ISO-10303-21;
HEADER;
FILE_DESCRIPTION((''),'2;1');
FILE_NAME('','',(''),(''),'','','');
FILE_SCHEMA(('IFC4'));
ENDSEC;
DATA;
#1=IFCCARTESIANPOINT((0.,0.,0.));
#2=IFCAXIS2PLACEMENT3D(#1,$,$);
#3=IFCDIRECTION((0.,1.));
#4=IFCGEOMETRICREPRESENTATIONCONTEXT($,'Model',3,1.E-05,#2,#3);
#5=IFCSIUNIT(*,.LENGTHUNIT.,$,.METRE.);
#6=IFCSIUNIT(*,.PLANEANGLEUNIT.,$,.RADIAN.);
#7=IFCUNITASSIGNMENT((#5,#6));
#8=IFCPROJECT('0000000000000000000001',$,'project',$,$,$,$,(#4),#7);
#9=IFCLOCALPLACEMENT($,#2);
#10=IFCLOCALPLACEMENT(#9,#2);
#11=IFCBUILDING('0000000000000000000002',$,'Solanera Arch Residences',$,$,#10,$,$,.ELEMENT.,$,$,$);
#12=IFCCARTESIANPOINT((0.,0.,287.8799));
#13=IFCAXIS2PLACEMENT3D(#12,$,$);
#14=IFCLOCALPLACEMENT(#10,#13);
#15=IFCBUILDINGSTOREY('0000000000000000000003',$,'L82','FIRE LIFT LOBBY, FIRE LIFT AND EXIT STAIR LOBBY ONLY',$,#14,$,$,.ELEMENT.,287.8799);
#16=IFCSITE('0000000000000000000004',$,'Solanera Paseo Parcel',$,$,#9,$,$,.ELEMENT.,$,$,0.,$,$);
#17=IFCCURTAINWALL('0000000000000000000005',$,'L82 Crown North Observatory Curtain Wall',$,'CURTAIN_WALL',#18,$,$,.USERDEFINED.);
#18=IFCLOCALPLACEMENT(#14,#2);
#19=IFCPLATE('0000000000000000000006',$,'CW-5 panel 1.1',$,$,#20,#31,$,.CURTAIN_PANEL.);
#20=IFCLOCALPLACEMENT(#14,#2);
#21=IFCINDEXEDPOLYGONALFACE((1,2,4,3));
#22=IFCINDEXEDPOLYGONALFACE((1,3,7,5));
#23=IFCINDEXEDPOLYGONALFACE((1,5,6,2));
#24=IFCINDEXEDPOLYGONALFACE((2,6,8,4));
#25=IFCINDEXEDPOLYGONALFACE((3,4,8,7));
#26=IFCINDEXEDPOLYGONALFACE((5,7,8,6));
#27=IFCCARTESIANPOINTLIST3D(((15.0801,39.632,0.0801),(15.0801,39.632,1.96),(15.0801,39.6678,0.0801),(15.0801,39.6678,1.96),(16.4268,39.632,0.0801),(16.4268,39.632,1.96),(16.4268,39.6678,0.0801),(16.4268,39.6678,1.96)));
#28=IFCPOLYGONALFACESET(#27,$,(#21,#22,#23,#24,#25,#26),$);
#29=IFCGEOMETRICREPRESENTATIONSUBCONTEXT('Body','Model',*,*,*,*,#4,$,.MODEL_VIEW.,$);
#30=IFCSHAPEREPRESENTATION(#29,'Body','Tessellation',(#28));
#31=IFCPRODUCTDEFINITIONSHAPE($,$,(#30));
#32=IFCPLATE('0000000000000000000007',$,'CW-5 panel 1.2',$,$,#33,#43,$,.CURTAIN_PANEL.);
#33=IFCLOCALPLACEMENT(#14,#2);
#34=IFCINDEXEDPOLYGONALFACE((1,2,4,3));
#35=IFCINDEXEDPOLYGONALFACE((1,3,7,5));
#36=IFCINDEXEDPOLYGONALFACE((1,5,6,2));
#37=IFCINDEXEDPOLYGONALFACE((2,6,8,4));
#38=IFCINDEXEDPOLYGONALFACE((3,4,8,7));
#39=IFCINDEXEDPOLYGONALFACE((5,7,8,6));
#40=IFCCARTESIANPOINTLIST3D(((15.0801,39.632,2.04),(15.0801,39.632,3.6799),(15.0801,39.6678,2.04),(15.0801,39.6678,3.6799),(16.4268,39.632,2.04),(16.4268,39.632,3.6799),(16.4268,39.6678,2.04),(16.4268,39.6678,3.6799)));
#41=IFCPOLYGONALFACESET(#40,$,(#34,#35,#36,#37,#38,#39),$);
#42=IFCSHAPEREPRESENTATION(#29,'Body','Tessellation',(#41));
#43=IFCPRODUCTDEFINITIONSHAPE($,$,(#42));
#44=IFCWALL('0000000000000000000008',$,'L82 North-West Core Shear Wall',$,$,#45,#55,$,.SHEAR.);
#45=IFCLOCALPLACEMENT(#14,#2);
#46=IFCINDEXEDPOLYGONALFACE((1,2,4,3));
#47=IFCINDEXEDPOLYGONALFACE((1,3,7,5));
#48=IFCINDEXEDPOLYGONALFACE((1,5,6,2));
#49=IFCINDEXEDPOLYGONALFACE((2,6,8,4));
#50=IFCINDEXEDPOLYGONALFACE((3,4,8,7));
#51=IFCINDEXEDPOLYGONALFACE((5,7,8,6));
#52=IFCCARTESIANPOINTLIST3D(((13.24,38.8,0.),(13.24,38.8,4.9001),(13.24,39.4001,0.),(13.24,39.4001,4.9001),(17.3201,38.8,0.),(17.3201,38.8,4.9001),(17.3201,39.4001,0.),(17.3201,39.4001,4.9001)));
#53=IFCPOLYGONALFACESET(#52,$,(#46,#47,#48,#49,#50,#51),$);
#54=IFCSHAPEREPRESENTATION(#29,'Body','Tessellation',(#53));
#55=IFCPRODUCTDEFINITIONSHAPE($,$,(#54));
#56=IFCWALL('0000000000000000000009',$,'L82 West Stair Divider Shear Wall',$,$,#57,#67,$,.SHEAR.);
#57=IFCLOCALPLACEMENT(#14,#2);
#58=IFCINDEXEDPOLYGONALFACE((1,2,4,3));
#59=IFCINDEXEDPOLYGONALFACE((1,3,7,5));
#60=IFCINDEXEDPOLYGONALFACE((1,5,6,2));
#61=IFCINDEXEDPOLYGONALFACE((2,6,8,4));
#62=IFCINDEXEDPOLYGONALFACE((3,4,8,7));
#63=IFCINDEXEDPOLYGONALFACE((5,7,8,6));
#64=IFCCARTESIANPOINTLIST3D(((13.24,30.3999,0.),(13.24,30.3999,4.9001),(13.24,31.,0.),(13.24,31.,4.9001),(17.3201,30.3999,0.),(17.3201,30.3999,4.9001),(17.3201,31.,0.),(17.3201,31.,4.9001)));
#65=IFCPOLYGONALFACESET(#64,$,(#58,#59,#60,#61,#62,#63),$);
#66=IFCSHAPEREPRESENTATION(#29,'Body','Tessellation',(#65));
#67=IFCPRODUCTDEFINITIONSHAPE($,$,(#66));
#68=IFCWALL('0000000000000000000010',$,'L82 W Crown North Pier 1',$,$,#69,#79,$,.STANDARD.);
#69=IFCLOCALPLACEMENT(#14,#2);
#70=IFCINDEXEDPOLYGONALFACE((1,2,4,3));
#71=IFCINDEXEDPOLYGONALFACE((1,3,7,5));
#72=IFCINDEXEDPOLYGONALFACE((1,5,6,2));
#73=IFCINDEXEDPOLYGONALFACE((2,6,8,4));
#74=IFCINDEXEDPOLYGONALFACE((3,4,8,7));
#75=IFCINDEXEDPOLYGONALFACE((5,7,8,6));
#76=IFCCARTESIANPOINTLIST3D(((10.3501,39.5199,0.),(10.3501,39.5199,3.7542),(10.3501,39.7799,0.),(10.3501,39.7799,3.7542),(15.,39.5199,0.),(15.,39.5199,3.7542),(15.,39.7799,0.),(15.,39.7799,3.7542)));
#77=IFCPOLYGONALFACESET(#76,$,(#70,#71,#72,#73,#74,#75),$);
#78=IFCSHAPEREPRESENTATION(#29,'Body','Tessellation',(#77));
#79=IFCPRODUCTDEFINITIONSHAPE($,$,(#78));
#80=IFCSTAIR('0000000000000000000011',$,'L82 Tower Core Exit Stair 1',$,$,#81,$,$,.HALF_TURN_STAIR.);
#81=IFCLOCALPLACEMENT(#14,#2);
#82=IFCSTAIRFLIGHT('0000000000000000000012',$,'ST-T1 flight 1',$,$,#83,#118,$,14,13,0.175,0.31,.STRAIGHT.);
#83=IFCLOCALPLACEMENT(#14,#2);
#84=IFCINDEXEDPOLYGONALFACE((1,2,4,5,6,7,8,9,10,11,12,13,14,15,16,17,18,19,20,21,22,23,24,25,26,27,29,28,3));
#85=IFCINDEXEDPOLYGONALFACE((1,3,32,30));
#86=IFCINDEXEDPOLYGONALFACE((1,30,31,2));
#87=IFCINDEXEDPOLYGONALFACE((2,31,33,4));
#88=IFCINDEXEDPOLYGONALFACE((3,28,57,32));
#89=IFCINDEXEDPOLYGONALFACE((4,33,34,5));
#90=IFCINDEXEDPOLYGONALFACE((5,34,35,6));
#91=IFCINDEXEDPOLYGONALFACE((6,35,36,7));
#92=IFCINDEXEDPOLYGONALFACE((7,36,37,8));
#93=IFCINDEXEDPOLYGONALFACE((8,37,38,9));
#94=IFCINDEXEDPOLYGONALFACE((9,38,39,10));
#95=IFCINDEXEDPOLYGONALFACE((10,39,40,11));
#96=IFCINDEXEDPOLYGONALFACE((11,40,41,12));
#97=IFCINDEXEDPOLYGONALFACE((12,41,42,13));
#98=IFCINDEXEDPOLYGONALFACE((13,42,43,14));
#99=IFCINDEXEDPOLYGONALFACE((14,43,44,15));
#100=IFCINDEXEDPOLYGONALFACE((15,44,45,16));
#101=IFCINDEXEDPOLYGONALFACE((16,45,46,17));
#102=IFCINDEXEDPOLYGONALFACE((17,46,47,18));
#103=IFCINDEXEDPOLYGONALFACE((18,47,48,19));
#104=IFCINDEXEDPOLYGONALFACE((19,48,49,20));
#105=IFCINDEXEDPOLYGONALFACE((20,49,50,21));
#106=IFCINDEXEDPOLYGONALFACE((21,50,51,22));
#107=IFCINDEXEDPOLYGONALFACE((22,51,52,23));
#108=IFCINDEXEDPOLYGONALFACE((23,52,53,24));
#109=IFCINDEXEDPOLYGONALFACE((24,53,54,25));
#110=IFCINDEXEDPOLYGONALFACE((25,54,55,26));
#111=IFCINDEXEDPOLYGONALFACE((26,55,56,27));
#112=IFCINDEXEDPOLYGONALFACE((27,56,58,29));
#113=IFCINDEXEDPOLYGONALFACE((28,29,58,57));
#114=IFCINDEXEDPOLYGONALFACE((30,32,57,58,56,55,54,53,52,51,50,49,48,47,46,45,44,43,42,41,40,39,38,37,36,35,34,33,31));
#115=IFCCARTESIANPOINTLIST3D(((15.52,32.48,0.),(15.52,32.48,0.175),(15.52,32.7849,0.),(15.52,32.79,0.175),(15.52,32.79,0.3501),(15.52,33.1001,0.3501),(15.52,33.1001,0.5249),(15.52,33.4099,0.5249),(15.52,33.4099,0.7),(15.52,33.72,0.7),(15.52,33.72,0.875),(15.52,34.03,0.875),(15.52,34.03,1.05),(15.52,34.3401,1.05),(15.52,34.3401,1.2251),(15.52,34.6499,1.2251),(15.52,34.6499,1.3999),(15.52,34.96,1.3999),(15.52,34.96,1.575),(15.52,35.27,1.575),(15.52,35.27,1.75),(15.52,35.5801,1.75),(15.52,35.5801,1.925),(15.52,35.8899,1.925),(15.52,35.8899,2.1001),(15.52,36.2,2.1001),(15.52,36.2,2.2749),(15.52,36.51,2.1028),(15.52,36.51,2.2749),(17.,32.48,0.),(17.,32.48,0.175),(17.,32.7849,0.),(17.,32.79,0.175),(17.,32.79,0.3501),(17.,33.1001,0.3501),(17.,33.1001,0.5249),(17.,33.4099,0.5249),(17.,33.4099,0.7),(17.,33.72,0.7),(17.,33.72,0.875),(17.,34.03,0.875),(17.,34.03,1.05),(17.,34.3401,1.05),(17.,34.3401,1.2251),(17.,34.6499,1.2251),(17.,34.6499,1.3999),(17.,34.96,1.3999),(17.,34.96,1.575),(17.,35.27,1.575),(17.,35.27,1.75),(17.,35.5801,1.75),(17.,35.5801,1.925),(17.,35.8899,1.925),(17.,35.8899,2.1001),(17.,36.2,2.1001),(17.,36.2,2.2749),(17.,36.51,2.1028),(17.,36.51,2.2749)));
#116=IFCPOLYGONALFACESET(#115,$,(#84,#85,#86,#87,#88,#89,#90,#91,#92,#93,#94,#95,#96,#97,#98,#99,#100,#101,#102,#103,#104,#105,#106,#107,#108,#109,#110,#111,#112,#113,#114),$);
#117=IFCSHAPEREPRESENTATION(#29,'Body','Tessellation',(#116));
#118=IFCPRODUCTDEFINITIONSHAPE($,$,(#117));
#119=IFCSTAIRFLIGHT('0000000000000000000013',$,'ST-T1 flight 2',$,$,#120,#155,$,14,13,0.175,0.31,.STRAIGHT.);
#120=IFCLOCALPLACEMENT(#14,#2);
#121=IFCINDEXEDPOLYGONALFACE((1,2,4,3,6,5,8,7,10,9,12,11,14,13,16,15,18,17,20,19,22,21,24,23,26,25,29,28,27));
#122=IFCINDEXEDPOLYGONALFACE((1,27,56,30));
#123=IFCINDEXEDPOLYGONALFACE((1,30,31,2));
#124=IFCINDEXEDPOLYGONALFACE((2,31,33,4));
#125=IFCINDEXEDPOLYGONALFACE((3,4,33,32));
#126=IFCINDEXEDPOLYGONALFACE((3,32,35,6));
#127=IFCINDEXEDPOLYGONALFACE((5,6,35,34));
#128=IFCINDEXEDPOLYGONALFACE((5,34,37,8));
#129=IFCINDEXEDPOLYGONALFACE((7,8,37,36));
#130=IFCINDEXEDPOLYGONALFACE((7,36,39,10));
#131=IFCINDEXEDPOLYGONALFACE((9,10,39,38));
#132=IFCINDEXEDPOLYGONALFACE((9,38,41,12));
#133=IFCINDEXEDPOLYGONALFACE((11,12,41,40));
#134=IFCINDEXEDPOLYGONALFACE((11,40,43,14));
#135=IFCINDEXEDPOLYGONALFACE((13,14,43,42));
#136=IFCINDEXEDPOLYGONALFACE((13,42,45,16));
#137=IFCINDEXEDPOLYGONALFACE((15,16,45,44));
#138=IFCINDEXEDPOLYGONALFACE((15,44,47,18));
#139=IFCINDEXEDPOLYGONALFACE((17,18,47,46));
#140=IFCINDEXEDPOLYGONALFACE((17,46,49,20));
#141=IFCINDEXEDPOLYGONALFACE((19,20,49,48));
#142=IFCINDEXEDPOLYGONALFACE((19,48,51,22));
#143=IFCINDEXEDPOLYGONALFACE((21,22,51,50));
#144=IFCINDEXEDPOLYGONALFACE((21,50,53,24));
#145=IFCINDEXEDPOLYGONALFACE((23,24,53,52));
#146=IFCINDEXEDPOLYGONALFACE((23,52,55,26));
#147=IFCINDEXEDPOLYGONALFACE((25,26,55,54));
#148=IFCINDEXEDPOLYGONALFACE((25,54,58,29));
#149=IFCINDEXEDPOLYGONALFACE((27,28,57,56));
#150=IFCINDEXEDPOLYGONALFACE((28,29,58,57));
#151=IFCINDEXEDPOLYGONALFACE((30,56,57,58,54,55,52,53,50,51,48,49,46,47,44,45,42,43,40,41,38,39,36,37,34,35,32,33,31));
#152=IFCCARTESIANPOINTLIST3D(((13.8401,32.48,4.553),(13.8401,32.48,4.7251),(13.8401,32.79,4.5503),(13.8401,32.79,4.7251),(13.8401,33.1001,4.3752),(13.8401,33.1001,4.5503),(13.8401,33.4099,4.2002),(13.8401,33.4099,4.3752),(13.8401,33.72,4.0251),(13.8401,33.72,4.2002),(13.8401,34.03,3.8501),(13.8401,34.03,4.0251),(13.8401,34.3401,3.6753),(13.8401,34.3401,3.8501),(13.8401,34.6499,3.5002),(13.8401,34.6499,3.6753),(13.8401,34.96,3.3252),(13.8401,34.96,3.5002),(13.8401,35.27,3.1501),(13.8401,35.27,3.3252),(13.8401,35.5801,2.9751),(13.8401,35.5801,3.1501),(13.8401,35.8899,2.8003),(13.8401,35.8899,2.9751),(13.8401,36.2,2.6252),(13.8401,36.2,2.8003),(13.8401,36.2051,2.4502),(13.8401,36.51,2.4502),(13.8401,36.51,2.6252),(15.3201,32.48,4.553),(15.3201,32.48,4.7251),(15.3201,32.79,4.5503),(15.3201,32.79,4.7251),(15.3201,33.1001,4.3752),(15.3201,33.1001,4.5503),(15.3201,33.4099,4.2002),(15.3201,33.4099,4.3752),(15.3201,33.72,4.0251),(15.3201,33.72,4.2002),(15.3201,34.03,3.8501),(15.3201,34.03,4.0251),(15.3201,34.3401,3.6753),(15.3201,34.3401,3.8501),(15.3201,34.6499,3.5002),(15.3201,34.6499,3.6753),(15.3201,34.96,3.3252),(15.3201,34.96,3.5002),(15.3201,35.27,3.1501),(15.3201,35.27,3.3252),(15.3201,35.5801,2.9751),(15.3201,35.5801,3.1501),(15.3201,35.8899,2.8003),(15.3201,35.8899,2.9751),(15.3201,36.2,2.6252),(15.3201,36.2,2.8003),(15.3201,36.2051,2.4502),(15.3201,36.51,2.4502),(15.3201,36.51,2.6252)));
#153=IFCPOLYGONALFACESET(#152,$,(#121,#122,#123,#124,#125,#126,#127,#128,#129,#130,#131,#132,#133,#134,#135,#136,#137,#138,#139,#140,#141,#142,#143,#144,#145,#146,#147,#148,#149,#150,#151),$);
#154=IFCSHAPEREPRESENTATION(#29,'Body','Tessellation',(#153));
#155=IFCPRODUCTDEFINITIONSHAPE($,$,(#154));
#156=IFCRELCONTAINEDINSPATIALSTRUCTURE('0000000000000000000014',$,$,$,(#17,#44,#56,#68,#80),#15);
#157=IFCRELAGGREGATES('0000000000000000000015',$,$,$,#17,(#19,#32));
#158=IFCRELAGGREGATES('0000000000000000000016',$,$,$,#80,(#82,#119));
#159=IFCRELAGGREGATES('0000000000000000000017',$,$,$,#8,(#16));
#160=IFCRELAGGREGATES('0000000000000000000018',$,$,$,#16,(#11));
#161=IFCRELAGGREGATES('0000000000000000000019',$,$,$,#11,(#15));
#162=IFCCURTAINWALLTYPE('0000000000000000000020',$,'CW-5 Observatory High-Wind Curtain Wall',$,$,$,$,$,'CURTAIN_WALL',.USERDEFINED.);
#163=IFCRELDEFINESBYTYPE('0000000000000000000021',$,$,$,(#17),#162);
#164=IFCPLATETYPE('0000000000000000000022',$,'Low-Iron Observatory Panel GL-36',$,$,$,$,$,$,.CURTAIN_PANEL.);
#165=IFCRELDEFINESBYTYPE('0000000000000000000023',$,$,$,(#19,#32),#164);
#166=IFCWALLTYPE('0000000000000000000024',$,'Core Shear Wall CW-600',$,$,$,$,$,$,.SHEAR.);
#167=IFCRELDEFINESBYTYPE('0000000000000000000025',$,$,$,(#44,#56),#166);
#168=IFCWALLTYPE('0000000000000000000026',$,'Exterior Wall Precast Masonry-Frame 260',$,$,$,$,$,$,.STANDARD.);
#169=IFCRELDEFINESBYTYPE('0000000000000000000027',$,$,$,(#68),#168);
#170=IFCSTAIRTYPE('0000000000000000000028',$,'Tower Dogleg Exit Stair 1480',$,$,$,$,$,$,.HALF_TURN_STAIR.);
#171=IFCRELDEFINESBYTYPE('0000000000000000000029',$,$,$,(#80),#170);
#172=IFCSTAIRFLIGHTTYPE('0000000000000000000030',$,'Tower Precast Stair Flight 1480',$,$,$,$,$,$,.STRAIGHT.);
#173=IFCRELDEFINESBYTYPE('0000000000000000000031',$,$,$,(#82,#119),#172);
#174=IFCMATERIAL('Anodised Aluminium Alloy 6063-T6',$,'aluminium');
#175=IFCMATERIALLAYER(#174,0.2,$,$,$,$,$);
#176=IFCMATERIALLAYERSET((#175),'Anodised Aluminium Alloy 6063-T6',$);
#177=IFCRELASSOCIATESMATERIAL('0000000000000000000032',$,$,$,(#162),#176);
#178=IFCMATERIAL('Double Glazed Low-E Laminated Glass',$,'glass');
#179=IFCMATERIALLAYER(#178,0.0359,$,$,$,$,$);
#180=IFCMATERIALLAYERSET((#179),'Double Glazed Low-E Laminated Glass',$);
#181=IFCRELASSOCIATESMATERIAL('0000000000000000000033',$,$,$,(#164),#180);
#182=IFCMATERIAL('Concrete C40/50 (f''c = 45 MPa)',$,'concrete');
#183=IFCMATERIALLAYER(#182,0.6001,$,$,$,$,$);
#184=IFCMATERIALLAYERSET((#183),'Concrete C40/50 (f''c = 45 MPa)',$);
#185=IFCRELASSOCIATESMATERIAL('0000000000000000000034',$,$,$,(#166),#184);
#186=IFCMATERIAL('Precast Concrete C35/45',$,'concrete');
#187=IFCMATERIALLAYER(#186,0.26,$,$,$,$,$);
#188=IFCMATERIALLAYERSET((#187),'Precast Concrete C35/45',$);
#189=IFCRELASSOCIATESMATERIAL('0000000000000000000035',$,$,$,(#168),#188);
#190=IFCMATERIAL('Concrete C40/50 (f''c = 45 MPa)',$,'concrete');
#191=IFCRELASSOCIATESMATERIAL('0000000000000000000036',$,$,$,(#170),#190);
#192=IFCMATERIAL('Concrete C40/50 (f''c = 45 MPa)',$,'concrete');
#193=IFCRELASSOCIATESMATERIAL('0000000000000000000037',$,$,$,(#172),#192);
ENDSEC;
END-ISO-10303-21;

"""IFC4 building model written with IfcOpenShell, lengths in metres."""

from ifc_helpers import new_model, si_unit, direction, frame, frame_2d, origin, origin_2d, place, context, subcontext, project, spatial, polyline, rectangle, outline, extrude, material, layer, layer_set, type_object, element, aggregate, save


model = new_model("IFC4")

# Units and contexts
model_context = context("Model", 3, precision=1e-05, world=origin(), true_north=direction((0.0, 1.0)))
body_context = subcontext(model_context, "Body", "Model", "MODEL_VIEW")
ifc_project = project(units=[si_unit("LENGTHUNIT", "METRE"), si_unit("PLANEANGLEUNIT", "RADIAN")], contexts=[model_context])

# Site, building, storey
site_placement = place(None, origin())
site = spatial("IfcSite", under=ifc_project, at=site_placement, Name="Solanera Paseo Parcel", CompositionType="ELEMENT", RefElevation=0.0)
building_placement = place(site_placement, origin())
building = spatial("IfcBuilding", under=site, at=building_placement, Name="Solanera Arch Residences", CompositionType="ELEMENT")
storey_placement = place(building_placement, frame((0.0, 0.0, 287.8799)))
storey = spatial("IfcBuildingStorey", under=building, at=storey_placement, Name="L82", Description="FIRE LIFT LOBBY, FIRE LIFT AND EXIT STAIR LOBBY ONLY", CompositionType="ELEMENT", Elevation=287.8799)

# Curtain wall
ifc_material_1 = material(Name="Anodised Aluminium Alloy 6063-T6", Category="aluminium")
ifc_layer_1 = layer(ifc_material_1, 0.2)
ifc_layer_set_1 = layer_set([ifc_layer_1], Name="Anodised Aluminium Alloy 6063-T6")
curtain_wall_type = type_object("IfcCurtainWallType", Name="CW-5 Observatory High-Wind Curtain Wall", ElementType="CURTAIN_WALL", PredefinedType="USERDEFINED", material=ifc_layer_set_1)
curtain_wall_placement = place(storey_placement, origin())
curtain_wall = element("IfcCurtainWall", 1, at=curtain_wall_placement, inside=storey, type_object=curtain_wall_type, Name="L82 Crown North Observatory Curtain Wall", ObjectType="CURTAIN_WALL", PredefinedType="USERDEFINED")

# Plates
ifc_material_2 = material(Name="Double Glazed Low-E Laminated Glass", Category="glass")
ifc_layer_2 = layer(ifc_material_2, 0.0359)
ifc_layer_set_2 = layer_set([ifc_layer_2], Name="Double Glazed Low-E Laminated Glass")
plate_type = type_object("IfcPlateType", Name="Low-Iron Observatory Panel GL-36", PredefinedType="CURTAIN_PANEL", material=ifc_layer_set_2)
plate_1_placement = place(storey_placement, frame((15.7534, 39.6499, 0.0801), z_axis=(0.0, 0.0, 1.0), x_axis=(1.0, 0.0, 0.0)))
plate_1 = element("IfcPlate", 2, at=plate_1_placement, type_object=plate_type, Name="CW-5 panel 1.1", PredefinedType="CURTAIN_PANEL", context=body_context, shape_type="SweptSolid", body=[
    extrude(rectangle(XDim=1.3467, YDim=0.0359, at=origin_2d()), origin(), (0.0, 0.0, 1.0), 1.8799),
])
plate_2_placement = place(storey_placement, frame((15.7534, 39.6499, 2.04), z_axis=(0.0, 0.0, 1.0), x_axis=(1.0, 0.0, 0.0)))
plate_2 = element("IfcPlate", 3, at=plate_2_placement, type_object=plate_type, Name="CW-5 panel 1.2", PredefinedType="CURTAIN_PANEL", context=body_context, shape_type="SweptSolid", body=[
    extrude(rectangle(XDim=1.3467, YDim=0.0359, at=origin_2d()), origin(), (0.0, 0.0, 1.0), 1.6399),
])
aggregate(curtain_wall, [plate_1, plate_2])

# Walls
ifc_material_3 = material(Name="Concrete C40/50 (f'c = 45 MPa)", Category="concrete")
ifc_layer_3 = layer(ifc_material_3, 0.6001)
ifc_layer_set_3 = layer_set([ifc_layer_3], Name="Concrete C40/50 (f'c = 45 MPa)")
wall_type_1 = type_object("IfcWallType", Name="Core Shear Wall CW-600", PredefinedType="SHEAR", material=ifc_layer_set_3)
for number, where, z_axis, x_axis, name in (
    (4, (13.24, 39.1001, 0.0), (0.0, 0.0, 1.0), (1.0, 0.0, 0.0), "L82 North-West Core Shear Wall"),
    (5, (13.24, 30.7, 0.0), (0.0, 0.0, 1.0), (1.0, 0.0, 0.0), "L82 West Stair Divider Shear Wall"),
):
    element("IfcWall", number, at=place(storey_placement, frame(where, z_axis=z_axis, x_axis=x_axis)), inside=storey, type_object=wall_type_1, Name=name, PredefinedType="SHEAR", context=body_context, shape_type="SweptSolid", body=[
        extrude(rectangle(XDim=4.0801, YDim=0.6001, at=frame_2d((2.04, 0.0))), origin(), (0.0, 0.0, 1.0), 4.9001),
    ])
ifc_material_4 = material(Name="Precast Concrete C35/45", Category="concrete")
ifc_layer_4 = layer(ifc_material_4, 0.26)
ifc_layer_set_4 = layer_set([ifc_layer_4], Name="Precast Concrete C35/45")
wall_type_2 = type_object("IfcWallType", Name="Exterior Wall Precast Masonry-Frame 260", PredefinedType="STANDARD", material=ifc_layer_set_4)
wall_placement = place(storey_placement, frame((10.3501, 39.6499, 0.0), z_axis=(0.0, 0.0, 1.0), x_axis=(1.0, 0.0, 0.0)))
element("IfcWall", 6, at=wall_placement, inside=storey, type_object=wall_type_2, Name="L82 W Crown North Pier 1", PredefinedType="STANDARD", context=body_context, shape_type="SweptSolid", body=[
    extrude(rectangle(XDim=4.6499, YDim=0.26, at=frame_2d((2.325, 0.0))), origin(), (0.0, 0.0, 1.0), 3.7542),
])

# Stair, stair flights
ifc_material_5 = material(Name="Concrete C40/50 (f'c = 45 MPa)", Category="concrete")
stair_type = type_object("IfcStairType", Name="Tower Dogleg Exit Stair 1480", PredefinedType="HALF_TURN_STAIR", material=ifc_material_5)
stair_placement = place(storey_placement, origin())
stair = element("IfcStair", 7, at=stair_placement, inside=storey, type_object=stair_type, Name="L82 Tower Core Exit Stair 1", PredefinedType="HALF_TURN_STAIR")
ifc_material_6 = material(Name="Concrete C40/50 (f'c = 45 MPa)", Category="concrete")
stair_flight_type = type_object("IfcStairFlightType", Name="Tower Precast Stair Flight 1480", PredefinedType="STRAIGHT", material=ifc_material_6)
stair_flight_1_placement = place(storey_placement, frame((16.26, 32.48, 0.0), z_axis=(0.0, 0.0, 1.0), x_axis=(0.0, 1.0, 0.0)))
stair_flight_1 = element("IfcStairFlight", 8, at=stair_flight_1_placement, type_object=stair_flight_type, Name="ST-T1 flight 1", NumberOfRisers=14, NumberOfTreads=13, PredefinedType="STRAIGHT", RiserHeight=0.175, TreadLength=0.31, context=body_context, shape_type="SweptSolid", body=[
    extrude(outline(polyline([(0.0, 0.0), (0.0, 0.175), (0.3101, 0.175), (0.3101, 0.3501), (0.6201, 0.3501), (0.6201, 0.5249), (0.9299, 0.5249), (0.9299, 0.7), (1.24, 0.7), (1.24, 0.875), (1.55, 0.875), (1.55, 1.05), (1.8601, 1.05), (1.8601, 1.2251), (2.1699, 1.2251), (2.1699, 1.3999), (2.48, 1.3999), (2.48, 1.575), (2.79, 1.575), (2.79, 1.75), (3.1001, 1.75), (3.1001, 1.925), (3.4099, 1.925), (3.4099, 2.1001), (3.72, 2.1001), (3.72, 2.2749), (4.03, 2.2749), (4.03, 2.45), (4.03, 2.1028), (0.3049, 0.0), (0.0, 0.0)])), frame((0.0, 0.74, 0.0), z_axis=(0.0, -1.0, 0.0), x_axis=(1.0, 0.0, 0.0)), (0.0, 0.0, 1.0), 1.48),
])
stair_flight_2_placement = place(storey_placement, frame((14.5801, 36.51, 2.4502), z_axis=(0.0, 0.0, 1.0), x_axis=(0.0, -1.0, 0.0)))
stair_flight_2 = element("IfcStairFlight", 9, at=stair_flight_2_placement, type_object=stair_flight_type, Name="ST-T1 flight 2", NumberOfRisers=14, NumberOfTreads=13, PredefinedType="STRAIGHT", RiserHeight=0.175, TreadLength=0.31, context=body_context, shape_type="SweptSolid", body=[
    extrude(outline(polyline([(0.0, 0.0), (0.0, 0.175), (0.3101, 0.175), (0.3101, 0.3501), (0.6201, 0.3501), (0.6201, 0.5249), (0.9299, 0.5249), (0.9299, 0.7), (1.24, 0.7), (1.24, 0.875), (1.55, 0.875), (1.55, 1.05), (1.8601, 1.05), (1.8601, 1.2251), (2.1699, 1.2251), (2.1699, 1.3999), (2.48, 1.3999), (2.48, 1.575), (2.79, 1.575), (2.79, 1.75), (3.1001, 1.75), (3.1001, 1.925), (3.4099, 1.925), (3.4099, 2.1001), (3.72, 2.1001), (3.72, 2.2749), (4.03, 2.2749), (4.03, 2.45), (4.03, 2.1028), (0.3049, 0.0), (0.0, 0.0)])), frame((0.0, 0.74, 0.0), z_axis=(0.0, -1.0, 0.0), x_axis=(1.0, 0.0, 0.0)), (0.0, 0.0, 1.0), 1.48),
])
aggregate(stair, [stair_flight_1, stair_flight_2])

save(model, "model.ifc")
